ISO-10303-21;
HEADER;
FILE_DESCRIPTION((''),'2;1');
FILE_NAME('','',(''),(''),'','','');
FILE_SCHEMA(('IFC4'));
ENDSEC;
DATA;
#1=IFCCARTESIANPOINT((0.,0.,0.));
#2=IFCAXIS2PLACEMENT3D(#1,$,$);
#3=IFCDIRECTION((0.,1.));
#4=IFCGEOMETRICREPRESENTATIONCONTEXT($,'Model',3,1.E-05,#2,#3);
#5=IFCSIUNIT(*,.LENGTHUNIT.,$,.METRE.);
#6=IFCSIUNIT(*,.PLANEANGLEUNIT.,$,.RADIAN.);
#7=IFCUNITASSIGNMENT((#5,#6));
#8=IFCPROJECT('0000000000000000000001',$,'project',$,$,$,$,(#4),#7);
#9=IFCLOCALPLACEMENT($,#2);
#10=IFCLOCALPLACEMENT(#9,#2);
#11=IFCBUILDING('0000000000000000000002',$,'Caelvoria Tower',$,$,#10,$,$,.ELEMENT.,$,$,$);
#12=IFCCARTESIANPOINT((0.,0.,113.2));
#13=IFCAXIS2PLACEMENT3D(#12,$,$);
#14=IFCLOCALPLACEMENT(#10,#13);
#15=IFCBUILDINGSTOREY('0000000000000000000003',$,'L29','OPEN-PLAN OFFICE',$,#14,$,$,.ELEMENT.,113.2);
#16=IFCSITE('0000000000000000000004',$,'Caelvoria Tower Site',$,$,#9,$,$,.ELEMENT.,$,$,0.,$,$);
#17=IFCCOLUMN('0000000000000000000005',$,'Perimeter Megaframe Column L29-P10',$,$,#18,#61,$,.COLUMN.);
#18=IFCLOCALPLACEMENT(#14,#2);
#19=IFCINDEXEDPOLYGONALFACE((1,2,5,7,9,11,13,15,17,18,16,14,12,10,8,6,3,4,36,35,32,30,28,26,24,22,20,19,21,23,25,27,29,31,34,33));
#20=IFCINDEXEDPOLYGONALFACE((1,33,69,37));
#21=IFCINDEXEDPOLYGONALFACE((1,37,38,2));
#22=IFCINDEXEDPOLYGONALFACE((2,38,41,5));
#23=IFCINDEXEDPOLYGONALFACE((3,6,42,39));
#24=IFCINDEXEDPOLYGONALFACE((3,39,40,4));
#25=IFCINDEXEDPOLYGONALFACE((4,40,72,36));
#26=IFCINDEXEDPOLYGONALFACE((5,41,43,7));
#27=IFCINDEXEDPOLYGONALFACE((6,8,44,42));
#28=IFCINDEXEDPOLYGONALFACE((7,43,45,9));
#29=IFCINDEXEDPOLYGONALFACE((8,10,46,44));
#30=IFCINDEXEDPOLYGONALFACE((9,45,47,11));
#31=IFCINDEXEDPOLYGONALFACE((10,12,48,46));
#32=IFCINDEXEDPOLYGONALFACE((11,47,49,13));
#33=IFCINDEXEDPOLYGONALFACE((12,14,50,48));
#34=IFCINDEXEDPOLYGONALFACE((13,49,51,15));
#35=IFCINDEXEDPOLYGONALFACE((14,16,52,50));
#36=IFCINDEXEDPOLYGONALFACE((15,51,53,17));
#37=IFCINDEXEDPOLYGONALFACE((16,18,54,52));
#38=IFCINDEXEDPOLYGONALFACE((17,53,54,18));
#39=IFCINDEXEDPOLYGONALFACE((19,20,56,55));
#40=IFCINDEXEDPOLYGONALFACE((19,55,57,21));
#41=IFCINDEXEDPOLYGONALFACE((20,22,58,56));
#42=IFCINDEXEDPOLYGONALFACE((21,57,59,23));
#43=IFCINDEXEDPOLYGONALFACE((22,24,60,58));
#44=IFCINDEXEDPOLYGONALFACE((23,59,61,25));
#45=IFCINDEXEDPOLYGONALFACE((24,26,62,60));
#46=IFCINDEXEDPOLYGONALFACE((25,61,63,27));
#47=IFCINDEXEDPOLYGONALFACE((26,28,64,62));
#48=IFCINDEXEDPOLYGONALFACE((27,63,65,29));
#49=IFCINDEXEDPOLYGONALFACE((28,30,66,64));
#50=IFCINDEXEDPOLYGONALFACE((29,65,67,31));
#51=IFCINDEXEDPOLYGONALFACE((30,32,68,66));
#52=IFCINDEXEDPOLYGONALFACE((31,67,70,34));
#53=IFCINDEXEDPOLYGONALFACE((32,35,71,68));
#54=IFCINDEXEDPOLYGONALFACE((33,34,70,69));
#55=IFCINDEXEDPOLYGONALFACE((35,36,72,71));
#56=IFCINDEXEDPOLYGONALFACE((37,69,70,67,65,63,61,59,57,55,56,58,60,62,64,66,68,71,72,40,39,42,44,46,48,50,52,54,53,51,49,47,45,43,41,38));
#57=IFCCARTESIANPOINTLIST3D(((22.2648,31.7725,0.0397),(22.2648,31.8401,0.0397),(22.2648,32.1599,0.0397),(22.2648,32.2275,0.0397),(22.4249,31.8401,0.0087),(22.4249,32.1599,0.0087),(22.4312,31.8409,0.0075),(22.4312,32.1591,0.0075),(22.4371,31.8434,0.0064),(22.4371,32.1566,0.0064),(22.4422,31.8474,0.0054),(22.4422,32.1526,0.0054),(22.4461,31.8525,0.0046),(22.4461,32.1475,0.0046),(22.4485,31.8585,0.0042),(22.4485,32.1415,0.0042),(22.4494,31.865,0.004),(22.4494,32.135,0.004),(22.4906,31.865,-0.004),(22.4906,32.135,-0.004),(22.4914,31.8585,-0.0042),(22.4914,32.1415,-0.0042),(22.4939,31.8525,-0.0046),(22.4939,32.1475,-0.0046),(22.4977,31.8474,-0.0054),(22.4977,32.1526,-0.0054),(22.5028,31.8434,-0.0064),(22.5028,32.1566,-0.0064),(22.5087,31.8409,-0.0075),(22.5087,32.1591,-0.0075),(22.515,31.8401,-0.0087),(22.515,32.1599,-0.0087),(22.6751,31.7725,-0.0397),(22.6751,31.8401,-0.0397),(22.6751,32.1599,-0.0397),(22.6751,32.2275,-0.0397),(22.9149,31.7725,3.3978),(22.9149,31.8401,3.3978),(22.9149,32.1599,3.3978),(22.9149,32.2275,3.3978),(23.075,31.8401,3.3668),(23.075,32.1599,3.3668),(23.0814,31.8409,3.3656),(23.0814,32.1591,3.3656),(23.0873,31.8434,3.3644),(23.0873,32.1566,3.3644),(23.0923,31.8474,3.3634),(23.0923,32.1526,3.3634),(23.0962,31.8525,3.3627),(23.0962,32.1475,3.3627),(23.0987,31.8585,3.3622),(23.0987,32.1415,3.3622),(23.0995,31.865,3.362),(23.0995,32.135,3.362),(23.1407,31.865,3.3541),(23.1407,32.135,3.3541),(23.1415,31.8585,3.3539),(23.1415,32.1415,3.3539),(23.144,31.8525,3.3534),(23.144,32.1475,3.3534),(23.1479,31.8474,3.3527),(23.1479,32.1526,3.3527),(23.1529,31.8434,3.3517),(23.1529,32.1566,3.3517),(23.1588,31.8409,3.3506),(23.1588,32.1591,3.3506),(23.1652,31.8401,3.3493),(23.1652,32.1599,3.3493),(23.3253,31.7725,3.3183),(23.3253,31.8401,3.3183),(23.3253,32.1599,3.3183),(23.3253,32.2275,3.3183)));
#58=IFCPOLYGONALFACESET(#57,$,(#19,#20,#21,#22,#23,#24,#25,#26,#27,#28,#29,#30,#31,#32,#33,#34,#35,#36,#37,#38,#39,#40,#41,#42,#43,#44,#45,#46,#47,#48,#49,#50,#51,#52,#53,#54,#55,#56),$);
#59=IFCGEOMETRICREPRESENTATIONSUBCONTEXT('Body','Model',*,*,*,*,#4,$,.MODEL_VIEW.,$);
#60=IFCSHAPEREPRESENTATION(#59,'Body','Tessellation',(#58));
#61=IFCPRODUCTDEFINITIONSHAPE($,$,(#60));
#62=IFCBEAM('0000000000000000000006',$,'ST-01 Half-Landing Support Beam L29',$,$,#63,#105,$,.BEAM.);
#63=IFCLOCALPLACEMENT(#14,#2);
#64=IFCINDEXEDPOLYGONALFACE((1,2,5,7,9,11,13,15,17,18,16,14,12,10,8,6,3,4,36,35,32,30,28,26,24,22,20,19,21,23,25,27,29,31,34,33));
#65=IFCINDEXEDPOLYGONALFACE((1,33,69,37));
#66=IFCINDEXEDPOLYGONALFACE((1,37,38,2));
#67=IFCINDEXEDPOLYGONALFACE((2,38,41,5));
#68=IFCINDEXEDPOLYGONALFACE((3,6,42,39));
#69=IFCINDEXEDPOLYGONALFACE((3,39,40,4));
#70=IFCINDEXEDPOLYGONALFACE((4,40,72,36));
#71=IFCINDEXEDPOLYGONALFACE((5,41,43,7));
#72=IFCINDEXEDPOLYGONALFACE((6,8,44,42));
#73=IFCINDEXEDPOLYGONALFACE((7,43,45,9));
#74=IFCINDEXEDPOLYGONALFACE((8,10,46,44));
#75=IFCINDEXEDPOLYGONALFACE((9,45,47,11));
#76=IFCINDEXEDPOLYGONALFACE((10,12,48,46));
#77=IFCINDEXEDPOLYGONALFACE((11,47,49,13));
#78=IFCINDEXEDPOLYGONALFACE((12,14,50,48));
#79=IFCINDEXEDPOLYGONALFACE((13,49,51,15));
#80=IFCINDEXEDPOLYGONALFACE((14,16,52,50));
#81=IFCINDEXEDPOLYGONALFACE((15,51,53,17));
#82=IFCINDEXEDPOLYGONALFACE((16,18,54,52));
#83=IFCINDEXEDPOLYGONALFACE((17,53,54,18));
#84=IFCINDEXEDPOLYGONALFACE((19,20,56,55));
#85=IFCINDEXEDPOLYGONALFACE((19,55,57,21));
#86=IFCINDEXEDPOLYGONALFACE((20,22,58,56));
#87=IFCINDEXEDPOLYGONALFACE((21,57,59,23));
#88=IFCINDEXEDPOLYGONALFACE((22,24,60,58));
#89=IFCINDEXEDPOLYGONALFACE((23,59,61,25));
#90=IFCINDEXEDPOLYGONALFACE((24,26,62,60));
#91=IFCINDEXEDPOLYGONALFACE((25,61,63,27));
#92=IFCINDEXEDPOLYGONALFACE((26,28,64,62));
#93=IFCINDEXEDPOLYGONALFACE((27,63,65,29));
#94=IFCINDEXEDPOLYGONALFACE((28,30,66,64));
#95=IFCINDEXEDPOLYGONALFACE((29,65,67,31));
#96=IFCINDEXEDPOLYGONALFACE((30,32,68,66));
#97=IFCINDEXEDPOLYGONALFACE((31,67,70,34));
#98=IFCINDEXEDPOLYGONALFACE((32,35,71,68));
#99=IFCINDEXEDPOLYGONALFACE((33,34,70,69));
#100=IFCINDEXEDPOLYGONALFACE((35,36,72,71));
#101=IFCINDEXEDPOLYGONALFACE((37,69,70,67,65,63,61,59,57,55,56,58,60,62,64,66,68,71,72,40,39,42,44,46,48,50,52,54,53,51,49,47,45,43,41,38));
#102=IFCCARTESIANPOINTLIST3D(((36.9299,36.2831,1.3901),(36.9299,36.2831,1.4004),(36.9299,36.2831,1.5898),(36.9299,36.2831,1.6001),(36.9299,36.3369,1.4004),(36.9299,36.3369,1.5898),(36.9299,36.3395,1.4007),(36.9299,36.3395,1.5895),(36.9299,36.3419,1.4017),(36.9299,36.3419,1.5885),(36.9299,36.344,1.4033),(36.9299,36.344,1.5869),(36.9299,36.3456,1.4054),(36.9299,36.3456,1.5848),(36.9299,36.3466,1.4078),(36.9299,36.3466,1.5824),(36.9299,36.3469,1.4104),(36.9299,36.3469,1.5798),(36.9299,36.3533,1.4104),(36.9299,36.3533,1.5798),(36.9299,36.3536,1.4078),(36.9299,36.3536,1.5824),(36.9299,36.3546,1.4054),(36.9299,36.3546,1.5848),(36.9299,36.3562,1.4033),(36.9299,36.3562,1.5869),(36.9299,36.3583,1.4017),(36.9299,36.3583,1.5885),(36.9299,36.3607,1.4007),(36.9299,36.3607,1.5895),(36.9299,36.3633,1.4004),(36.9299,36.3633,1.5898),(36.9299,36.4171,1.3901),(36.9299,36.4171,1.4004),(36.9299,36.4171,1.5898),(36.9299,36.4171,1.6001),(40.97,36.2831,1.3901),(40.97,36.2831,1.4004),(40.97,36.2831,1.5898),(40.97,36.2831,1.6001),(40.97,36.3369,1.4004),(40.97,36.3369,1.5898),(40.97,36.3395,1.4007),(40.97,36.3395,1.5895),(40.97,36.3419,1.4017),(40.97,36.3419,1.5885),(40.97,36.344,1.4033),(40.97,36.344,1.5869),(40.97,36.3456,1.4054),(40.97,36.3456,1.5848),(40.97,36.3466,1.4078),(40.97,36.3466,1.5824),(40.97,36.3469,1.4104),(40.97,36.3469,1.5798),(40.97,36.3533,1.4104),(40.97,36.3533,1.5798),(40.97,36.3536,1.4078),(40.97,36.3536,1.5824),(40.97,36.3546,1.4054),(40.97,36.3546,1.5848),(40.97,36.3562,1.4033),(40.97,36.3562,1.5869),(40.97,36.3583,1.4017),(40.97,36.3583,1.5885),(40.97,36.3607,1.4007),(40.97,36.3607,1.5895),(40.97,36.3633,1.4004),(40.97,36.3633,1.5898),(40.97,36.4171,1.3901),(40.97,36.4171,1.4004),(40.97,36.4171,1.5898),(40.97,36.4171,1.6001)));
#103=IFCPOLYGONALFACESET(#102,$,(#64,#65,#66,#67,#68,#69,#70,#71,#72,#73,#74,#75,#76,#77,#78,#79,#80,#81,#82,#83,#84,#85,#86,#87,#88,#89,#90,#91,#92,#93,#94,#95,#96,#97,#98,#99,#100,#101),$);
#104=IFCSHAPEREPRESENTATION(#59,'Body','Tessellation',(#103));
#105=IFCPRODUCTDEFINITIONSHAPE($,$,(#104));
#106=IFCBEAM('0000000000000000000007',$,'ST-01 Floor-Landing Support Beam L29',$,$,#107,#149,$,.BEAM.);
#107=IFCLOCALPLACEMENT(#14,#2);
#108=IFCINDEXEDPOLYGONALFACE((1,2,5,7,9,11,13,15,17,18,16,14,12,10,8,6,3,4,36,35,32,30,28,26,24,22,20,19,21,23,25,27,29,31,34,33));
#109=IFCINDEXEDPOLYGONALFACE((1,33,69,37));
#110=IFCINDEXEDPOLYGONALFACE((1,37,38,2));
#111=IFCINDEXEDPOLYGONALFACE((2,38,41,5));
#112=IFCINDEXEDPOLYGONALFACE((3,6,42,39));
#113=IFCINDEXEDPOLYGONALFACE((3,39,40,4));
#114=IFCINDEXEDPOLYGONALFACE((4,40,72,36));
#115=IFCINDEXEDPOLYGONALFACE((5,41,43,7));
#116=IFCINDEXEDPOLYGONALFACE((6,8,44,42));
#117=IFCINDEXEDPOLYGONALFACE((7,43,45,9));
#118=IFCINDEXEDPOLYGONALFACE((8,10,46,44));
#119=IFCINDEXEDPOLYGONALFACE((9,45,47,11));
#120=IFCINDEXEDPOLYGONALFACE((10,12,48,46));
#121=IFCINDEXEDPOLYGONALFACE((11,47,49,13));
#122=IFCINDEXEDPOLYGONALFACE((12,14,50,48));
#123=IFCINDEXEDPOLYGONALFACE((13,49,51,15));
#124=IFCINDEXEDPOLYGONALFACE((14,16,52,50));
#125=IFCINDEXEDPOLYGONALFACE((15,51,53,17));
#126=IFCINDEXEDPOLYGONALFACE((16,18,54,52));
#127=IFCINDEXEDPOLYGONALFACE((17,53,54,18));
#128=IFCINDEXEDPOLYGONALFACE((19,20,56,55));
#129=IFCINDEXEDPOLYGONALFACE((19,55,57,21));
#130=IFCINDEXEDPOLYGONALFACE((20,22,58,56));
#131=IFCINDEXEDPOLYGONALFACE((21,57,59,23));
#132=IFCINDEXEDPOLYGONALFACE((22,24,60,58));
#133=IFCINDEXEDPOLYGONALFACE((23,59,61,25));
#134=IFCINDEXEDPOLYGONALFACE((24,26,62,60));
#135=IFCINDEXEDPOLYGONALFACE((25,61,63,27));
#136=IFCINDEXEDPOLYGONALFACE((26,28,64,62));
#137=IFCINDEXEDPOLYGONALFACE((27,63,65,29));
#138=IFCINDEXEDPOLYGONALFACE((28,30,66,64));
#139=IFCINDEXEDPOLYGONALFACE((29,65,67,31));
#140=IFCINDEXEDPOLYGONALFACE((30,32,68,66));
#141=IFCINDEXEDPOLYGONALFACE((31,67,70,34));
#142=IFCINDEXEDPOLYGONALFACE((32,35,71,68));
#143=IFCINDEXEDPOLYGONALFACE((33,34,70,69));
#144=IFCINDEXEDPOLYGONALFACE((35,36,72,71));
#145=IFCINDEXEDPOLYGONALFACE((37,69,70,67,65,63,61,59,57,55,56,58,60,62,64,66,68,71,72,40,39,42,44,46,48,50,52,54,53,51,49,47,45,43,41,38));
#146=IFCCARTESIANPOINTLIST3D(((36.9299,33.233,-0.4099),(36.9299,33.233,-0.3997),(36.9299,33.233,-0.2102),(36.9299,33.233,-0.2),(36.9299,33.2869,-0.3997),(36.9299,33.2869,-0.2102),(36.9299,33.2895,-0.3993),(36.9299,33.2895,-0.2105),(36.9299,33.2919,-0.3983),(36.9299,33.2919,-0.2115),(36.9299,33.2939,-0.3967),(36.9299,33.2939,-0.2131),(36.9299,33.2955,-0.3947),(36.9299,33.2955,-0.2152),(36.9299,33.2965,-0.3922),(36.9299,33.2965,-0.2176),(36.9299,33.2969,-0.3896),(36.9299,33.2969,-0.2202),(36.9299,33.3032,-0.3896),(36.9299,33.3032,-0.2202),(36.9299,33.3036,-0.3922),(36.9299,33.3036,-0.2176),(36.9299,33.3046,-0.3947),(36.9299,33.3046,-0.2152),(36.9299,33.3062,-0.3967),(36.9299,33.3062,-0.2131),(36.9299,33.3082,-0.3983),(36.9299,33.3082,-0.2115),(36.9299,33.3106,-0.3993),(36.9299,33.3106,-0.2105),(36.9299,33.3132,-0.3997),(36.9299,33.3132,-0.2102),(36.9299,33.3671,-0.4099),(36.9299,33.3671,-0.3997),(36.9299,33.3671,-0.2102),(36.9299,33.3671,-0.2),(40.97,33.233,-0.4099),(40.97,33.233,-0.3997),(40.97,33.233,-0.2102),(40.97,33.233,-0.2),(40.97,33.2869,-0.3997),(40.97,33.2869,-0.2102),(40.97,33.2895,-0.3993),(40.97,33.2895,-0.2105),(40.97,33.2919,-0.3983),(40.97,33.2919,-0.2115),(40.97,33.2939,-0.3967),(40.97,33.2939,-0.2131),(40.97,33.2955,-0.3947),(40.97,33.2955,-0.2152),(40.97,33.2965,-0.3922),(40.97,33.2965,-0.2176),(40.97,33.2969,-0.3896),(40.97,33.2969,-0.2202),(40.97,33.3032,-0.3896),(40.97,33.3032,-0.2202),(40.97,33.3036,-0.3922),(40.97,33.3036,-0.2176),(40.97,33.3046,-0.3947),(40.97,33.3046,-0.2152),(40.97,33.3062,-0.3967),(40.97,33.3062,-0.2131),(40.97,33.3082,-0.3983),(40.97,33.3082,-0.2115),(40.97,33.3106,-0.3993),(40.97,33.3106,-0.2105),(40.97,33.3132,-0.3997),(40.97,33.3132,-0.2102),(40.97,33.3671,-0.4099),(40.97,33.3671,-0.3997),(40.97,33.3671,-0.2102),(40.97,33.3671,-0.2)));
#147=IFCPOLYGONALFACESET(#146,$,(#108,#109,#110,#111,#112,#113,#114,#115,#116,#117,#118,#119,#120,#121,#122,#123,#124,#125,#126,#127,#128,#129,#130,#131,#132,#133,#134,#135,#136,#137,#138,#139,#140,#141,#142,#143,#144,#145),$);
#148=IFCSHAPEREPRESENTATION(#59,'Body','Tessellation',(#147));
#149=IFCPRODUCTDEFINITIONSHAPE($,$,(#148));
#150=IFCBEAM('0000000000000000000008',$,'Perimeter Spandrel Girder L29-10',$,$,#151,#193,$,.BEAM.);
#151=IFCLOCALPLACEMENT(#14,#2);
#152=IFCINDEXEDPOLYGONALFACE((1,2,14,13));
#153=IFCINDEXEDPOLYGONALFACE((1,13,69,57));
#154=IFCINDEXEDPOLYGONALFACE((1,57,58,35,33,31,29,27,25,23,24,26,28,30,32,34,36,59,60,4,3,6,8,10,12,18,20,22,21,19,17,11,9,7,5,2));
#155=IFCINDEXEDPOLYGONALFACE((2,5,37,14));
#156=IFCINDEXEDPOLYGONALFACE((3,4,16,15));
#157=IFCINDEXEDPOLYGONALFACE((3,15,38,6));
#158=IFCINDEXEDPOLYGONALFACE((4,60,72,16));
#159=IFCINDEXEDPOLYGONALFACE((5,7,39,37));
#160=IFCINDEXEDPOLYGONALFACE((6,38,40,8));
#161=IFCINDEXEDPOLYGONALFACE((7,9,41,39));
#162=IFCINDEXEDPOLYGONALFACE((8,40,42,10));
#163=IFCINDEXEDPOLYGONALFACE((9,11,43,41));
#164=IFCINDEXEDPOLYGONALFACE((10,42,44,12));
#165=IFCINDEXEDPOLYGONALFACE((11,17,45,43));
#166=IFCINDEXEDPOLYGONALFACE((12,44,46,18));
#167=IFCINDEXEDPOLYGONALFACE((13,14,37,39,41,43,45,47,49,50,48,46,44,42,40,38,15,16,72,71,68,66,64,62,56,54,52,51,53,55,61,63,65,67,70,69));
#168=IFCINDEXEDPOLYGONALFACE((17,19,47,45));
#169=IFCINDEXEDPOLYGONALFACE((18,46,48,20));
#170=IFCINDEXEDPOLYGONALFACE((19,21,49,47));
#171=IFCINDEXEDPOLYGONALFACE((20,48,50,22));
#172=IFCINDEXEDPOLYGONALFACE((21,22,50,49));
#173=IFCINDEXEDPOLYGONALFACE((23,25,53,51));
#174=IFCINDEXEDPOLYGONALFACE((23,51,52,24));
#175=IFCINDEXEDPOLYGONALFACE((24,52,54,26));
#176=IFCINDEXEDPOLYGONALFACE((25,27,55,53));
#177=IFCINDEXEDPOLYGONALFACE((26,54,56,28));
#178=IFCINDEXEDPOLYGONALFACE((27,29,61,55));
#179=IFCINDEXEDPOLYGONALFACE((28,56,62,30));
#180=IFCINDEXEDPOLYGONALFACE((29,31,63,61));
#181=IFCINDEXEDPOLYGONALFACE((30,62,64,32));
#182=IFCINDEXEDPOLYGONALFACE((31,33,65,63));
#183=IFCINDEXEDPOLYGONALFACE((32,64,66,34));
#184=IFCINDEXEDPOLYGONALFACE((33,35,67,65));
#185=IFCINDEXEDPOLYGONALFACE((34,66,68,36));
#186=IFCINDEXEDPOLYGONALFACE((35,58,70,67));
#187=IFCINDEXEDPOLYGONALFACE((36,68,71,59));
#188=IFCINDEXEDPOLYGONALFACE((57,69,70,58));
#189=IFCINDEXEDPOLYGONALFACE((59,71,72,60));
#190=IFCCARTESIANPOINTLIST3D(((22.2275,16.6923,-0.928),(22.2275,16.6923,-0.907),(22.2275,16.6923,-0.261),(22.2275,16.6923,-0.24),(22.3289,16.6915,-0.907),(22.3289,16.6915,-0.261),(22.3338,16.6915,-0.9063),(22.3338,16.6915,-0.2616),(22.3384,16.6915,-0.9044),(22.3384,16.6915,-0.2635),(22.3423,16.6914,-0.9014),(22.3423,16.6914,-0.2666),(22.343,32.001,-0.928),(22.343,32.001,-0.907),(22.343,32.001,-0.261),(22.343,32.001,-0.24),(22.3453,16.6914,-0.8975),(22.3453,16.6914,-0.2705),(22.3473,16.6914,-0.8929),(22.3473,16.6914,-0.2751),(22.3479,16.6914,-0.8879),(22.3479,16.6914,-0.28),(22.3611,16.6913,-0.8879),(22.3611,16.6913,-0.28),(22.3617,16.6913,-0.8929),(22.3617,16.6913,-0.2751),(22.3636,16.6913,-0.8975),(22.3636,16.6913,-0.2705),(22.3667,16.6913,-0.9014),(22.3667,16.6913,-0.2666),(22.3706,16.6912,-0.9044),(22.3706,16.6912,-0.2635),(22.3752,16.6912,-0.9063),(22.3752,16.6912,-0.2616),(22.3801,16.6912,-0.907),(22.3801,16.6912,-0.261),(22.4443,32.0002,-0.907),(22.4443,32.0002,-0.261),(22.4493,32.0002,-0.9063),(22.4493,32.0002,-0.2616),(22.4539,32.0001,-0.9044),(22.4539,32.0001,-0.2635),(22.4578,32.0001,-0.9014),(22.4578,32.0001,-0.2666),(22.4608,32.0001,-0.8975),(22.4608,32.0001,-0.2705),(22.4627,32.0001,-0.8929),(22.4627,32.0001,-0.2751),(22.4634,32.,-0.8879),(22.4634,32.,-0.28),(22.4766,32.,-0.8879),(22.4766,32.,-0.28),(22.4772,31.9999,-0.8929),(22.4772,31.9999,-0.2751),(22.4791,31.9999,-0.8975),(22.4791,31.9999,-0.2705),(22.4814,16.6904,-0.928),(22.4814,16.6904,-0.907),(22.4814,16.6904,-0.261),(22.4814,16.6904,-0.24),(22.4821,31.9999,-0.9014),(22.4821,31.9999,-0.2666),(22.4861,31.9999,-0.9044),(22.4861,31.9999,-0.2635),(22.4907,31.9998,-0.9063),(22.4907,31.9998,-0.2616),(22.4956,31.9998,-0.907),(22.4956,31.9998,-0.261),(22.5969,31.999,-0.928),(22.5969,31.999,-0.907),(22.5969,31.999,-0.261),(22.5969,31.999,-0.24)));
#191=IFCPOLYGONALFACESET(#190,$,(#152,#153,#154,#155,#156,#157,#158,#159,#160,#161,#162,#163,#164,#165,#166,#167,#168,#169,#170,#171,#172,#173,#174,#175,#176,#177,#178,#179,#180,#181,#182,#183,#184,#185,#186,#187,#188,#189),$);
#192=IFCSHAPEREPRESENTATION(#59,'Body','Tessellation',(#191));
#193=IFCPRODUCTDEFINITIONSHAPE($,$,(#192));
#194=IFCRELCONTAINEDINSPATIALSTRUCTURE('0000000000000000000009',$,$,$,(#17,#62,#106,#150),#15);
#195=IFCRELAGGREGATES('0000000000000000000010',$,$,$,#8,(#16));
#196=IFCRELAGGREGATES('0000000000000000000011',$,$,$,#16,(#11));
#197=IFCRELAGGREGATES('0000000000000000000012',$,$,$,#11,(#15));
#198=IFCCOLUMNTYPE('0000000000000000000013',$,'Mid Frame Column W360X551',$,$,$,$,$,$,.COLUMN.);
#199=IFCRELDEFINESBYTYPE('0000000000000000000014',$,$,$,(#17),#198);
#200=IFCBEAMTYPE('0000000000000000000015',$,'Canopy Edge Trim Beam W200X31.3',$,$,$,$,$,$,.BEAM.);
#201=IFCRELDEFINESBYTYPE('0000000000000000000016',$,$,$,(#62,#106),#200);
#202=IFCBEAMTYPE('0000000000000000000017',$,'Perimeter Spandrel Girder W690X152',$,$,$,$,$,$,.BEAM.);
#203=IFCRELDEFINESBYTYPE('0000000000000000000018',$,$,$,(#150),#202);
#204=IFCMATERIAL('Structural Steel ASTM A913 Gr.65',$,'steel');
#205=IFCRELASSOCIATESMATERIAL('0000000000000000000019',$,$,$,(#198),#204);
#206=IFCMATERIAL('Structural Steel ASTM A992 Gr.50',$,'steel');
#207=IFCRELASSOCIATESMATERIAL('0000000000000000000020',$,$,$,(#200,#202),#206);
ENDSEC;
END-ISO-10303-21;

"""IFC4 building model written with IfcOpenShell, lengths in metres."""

from ifc_helpers import new_model, si_unit, direction, frame, origin, origin_2d, place, context, subcontext, project, spatial, i_section, extrude, material, material_profile, profile_set, type_object, element, save


model = new_model("IFC4")

# Units and contexts
model_context = context("Model", 3, precision=1e-05, world=origin(), true_north=direction((0.0, 1.0)))
body_context = subcontext(model_context, "Body", "Model", "MODEL_VIEW")
ifc_project = project(units=[si_unit("LENGTHUNIT", "METRE"), si_unit("PLANEANGLEUNIT", "RADIAN")], contexts=[model_context])

# Site, building, storey
site_placement = place(None, origin())
site = spatial("IfcSite", under=ifc_project, at=site_placement, Name="Caelvoria Tower Site", CompositionType="ELEMENT", RefElevation=0.0)
building_placement = place(site_placement, origin())
building = spatial("IfcBuilding", under=site, at=building_placement, Name="Caelvoria Tower", CompositionType="ELEMENT")
storey_placement = place(building_placement, frame((0.0, 0.0, 113.2)))
storey = spatial("IfcBuildingStorey", under=building, at=storey_placement, Name="L29", Description="OPEN-PLAN OFFICE", CompositionType="ELEMENT", Elevation=113.2)

# Column
ifc_material_1 = material(Name="Structural Steel ASTM A913 Gr.65", Category="steel")
ifc_material_profile_1 = material_profile(ifc_material_1, i_section(OverallWidth=0.418, OverallDepth=0.4551, WebThickness=0.042, FlangeThickness=0.0676, FilletRadius=0.0249, at=origin_2d()), Name="Structural Steel ASTM A913 Gr.65")
ifc_profile_set_1 = profile_set([ifc_material_profile_1], Name="W360X551 - Structural Steel ASTM A913 Gr.65")
column_type = type_object("IfcColumnType", Name="Mid Frame Column W360X551", PredefinedType="COLUMN", material=ifc_profile_set_1)
column_placement = place(storey_placement, frame((22.47, 32.0, 0.0), z_axis=(0.190073, 0.0, 0.98177), x_axis=(-0.98177, 0.0, 0.190073)))
element("IfcColumn", 1, at=column_placement, inside=storey, type_object=column_type, Name="Perimeter Megaframe Column L29-P10", PredefinedType="COLUMN", context=body_context, shape_type="SweptSolid", body=[
    extrude(i_section(OverallWidth=0.418, OverallDepth=0.4551, WebThickness=0.042, FlangeThickness=0.0676, FilletRadius=0.0249, at=origin_2d()), origin(), (0.0, 0.0, 1.0), 3.4204),
])

# Beams
ifc_material_2 = material(Name="Structural Steel ASTM A992 Gr.50", Category="steel")
ifc_material_profile_2 = material_profile(ifc_material_2, i_section(OverallWidth=0.134, OverallDepth=0.21, WebThickness=0.0063, FlangeThickness=0.0103, FilletRadius=0.01, at=origin_2d()), Name="Structural Steel ASTM A992 Gr.50")
ifc_profile_set_2 = profile_set([ifc_material_profile_2], Name="W200X31.3 - Structural Steel ASTM A992 Gr.50")
beam_type_1 = type_object("IfcBeamType", Name="Canopy Edge Trim Beam W200X31.3", PredefinedType="BEAM", material=ifc_profile_set_2)
for number, where, z_axis, x_axis, name in (
    (2, (36.9299, 36.3501, 1.4951), (1.0, 0.0, 0.0), (0.0, 1.0, 0.0), "ST-01 Half-Landing Support Beam L29"),
    (3, (36.9299, 33.3, -0.3049), (1.0, 0.0, 0.0), (0.0, 1.0, 0.0), "ST-01 Floor-Landing Support Beam L29"),
):
    element("IfcBeam", number, at=place(storey_placement, frame(where, z_axis=z_axis, x_axis=x_axis)), inside=storey, type_object=beam_type_1, Name=name, PredefinedType="BEAM", context=body_context, shape_type="SweptSolid", body=[
        extrude(i_section(OverallWidth=0.134, OverallDepth=0.21, WebThickness=0.0063, FlangeThickness=0.0103, FilletRadius=0.01, at=origin_2d()), origin(), (0.0, 0.0, 1.0), 4.04),
    ])
ifc_material_profile_3 = material_profile(ifc_material_2, i_section(OverallWidth=0.2539, OverallDepth=0.688, WebThickness=0.0132, FlangeThickness=0.021, FilletRadius=0.019, at=origin_2d()), Name="Structural Steel ASTM A992 Gr.50")
ifc_profile_set_3 = profile_set([ifc_material_profile_3], Name="W690X152 - Structural Steel ASTM A992 Gr.50")
beam_type_2 = type_object("IfcBeamType", Name="Perimeter Spandrel Girder W690X152", PredefinedType="BEAM", material=ifc_profile_set_3)
beam_1_placement = place(storey_placement, frame((22.47, 32.0, -0.584), z_axis=(-0.007543, -0.999972, 0.0), x_axis=(0.999972, -0.007543, 0.0)))
element("IfcBeam", 4, at=beam_1_placement, inside=storey, type_object=beam_type_2, Name="Perimeter Spandrel Girder L29-10", PredefinedType="BEAM", context=body_context, shape_type="SweptSolid", body=[
    extrude(i_section(OverallWidth=0.2539, OverallDepth=0.688, WebThickness=0.0132, FlangeThickness=0.021, FilletRadius=0.019, at=origin_2d()), origin(), (0.0, 0.0, 1.0), 15.3091),
])

save(model, "model.ifc")
